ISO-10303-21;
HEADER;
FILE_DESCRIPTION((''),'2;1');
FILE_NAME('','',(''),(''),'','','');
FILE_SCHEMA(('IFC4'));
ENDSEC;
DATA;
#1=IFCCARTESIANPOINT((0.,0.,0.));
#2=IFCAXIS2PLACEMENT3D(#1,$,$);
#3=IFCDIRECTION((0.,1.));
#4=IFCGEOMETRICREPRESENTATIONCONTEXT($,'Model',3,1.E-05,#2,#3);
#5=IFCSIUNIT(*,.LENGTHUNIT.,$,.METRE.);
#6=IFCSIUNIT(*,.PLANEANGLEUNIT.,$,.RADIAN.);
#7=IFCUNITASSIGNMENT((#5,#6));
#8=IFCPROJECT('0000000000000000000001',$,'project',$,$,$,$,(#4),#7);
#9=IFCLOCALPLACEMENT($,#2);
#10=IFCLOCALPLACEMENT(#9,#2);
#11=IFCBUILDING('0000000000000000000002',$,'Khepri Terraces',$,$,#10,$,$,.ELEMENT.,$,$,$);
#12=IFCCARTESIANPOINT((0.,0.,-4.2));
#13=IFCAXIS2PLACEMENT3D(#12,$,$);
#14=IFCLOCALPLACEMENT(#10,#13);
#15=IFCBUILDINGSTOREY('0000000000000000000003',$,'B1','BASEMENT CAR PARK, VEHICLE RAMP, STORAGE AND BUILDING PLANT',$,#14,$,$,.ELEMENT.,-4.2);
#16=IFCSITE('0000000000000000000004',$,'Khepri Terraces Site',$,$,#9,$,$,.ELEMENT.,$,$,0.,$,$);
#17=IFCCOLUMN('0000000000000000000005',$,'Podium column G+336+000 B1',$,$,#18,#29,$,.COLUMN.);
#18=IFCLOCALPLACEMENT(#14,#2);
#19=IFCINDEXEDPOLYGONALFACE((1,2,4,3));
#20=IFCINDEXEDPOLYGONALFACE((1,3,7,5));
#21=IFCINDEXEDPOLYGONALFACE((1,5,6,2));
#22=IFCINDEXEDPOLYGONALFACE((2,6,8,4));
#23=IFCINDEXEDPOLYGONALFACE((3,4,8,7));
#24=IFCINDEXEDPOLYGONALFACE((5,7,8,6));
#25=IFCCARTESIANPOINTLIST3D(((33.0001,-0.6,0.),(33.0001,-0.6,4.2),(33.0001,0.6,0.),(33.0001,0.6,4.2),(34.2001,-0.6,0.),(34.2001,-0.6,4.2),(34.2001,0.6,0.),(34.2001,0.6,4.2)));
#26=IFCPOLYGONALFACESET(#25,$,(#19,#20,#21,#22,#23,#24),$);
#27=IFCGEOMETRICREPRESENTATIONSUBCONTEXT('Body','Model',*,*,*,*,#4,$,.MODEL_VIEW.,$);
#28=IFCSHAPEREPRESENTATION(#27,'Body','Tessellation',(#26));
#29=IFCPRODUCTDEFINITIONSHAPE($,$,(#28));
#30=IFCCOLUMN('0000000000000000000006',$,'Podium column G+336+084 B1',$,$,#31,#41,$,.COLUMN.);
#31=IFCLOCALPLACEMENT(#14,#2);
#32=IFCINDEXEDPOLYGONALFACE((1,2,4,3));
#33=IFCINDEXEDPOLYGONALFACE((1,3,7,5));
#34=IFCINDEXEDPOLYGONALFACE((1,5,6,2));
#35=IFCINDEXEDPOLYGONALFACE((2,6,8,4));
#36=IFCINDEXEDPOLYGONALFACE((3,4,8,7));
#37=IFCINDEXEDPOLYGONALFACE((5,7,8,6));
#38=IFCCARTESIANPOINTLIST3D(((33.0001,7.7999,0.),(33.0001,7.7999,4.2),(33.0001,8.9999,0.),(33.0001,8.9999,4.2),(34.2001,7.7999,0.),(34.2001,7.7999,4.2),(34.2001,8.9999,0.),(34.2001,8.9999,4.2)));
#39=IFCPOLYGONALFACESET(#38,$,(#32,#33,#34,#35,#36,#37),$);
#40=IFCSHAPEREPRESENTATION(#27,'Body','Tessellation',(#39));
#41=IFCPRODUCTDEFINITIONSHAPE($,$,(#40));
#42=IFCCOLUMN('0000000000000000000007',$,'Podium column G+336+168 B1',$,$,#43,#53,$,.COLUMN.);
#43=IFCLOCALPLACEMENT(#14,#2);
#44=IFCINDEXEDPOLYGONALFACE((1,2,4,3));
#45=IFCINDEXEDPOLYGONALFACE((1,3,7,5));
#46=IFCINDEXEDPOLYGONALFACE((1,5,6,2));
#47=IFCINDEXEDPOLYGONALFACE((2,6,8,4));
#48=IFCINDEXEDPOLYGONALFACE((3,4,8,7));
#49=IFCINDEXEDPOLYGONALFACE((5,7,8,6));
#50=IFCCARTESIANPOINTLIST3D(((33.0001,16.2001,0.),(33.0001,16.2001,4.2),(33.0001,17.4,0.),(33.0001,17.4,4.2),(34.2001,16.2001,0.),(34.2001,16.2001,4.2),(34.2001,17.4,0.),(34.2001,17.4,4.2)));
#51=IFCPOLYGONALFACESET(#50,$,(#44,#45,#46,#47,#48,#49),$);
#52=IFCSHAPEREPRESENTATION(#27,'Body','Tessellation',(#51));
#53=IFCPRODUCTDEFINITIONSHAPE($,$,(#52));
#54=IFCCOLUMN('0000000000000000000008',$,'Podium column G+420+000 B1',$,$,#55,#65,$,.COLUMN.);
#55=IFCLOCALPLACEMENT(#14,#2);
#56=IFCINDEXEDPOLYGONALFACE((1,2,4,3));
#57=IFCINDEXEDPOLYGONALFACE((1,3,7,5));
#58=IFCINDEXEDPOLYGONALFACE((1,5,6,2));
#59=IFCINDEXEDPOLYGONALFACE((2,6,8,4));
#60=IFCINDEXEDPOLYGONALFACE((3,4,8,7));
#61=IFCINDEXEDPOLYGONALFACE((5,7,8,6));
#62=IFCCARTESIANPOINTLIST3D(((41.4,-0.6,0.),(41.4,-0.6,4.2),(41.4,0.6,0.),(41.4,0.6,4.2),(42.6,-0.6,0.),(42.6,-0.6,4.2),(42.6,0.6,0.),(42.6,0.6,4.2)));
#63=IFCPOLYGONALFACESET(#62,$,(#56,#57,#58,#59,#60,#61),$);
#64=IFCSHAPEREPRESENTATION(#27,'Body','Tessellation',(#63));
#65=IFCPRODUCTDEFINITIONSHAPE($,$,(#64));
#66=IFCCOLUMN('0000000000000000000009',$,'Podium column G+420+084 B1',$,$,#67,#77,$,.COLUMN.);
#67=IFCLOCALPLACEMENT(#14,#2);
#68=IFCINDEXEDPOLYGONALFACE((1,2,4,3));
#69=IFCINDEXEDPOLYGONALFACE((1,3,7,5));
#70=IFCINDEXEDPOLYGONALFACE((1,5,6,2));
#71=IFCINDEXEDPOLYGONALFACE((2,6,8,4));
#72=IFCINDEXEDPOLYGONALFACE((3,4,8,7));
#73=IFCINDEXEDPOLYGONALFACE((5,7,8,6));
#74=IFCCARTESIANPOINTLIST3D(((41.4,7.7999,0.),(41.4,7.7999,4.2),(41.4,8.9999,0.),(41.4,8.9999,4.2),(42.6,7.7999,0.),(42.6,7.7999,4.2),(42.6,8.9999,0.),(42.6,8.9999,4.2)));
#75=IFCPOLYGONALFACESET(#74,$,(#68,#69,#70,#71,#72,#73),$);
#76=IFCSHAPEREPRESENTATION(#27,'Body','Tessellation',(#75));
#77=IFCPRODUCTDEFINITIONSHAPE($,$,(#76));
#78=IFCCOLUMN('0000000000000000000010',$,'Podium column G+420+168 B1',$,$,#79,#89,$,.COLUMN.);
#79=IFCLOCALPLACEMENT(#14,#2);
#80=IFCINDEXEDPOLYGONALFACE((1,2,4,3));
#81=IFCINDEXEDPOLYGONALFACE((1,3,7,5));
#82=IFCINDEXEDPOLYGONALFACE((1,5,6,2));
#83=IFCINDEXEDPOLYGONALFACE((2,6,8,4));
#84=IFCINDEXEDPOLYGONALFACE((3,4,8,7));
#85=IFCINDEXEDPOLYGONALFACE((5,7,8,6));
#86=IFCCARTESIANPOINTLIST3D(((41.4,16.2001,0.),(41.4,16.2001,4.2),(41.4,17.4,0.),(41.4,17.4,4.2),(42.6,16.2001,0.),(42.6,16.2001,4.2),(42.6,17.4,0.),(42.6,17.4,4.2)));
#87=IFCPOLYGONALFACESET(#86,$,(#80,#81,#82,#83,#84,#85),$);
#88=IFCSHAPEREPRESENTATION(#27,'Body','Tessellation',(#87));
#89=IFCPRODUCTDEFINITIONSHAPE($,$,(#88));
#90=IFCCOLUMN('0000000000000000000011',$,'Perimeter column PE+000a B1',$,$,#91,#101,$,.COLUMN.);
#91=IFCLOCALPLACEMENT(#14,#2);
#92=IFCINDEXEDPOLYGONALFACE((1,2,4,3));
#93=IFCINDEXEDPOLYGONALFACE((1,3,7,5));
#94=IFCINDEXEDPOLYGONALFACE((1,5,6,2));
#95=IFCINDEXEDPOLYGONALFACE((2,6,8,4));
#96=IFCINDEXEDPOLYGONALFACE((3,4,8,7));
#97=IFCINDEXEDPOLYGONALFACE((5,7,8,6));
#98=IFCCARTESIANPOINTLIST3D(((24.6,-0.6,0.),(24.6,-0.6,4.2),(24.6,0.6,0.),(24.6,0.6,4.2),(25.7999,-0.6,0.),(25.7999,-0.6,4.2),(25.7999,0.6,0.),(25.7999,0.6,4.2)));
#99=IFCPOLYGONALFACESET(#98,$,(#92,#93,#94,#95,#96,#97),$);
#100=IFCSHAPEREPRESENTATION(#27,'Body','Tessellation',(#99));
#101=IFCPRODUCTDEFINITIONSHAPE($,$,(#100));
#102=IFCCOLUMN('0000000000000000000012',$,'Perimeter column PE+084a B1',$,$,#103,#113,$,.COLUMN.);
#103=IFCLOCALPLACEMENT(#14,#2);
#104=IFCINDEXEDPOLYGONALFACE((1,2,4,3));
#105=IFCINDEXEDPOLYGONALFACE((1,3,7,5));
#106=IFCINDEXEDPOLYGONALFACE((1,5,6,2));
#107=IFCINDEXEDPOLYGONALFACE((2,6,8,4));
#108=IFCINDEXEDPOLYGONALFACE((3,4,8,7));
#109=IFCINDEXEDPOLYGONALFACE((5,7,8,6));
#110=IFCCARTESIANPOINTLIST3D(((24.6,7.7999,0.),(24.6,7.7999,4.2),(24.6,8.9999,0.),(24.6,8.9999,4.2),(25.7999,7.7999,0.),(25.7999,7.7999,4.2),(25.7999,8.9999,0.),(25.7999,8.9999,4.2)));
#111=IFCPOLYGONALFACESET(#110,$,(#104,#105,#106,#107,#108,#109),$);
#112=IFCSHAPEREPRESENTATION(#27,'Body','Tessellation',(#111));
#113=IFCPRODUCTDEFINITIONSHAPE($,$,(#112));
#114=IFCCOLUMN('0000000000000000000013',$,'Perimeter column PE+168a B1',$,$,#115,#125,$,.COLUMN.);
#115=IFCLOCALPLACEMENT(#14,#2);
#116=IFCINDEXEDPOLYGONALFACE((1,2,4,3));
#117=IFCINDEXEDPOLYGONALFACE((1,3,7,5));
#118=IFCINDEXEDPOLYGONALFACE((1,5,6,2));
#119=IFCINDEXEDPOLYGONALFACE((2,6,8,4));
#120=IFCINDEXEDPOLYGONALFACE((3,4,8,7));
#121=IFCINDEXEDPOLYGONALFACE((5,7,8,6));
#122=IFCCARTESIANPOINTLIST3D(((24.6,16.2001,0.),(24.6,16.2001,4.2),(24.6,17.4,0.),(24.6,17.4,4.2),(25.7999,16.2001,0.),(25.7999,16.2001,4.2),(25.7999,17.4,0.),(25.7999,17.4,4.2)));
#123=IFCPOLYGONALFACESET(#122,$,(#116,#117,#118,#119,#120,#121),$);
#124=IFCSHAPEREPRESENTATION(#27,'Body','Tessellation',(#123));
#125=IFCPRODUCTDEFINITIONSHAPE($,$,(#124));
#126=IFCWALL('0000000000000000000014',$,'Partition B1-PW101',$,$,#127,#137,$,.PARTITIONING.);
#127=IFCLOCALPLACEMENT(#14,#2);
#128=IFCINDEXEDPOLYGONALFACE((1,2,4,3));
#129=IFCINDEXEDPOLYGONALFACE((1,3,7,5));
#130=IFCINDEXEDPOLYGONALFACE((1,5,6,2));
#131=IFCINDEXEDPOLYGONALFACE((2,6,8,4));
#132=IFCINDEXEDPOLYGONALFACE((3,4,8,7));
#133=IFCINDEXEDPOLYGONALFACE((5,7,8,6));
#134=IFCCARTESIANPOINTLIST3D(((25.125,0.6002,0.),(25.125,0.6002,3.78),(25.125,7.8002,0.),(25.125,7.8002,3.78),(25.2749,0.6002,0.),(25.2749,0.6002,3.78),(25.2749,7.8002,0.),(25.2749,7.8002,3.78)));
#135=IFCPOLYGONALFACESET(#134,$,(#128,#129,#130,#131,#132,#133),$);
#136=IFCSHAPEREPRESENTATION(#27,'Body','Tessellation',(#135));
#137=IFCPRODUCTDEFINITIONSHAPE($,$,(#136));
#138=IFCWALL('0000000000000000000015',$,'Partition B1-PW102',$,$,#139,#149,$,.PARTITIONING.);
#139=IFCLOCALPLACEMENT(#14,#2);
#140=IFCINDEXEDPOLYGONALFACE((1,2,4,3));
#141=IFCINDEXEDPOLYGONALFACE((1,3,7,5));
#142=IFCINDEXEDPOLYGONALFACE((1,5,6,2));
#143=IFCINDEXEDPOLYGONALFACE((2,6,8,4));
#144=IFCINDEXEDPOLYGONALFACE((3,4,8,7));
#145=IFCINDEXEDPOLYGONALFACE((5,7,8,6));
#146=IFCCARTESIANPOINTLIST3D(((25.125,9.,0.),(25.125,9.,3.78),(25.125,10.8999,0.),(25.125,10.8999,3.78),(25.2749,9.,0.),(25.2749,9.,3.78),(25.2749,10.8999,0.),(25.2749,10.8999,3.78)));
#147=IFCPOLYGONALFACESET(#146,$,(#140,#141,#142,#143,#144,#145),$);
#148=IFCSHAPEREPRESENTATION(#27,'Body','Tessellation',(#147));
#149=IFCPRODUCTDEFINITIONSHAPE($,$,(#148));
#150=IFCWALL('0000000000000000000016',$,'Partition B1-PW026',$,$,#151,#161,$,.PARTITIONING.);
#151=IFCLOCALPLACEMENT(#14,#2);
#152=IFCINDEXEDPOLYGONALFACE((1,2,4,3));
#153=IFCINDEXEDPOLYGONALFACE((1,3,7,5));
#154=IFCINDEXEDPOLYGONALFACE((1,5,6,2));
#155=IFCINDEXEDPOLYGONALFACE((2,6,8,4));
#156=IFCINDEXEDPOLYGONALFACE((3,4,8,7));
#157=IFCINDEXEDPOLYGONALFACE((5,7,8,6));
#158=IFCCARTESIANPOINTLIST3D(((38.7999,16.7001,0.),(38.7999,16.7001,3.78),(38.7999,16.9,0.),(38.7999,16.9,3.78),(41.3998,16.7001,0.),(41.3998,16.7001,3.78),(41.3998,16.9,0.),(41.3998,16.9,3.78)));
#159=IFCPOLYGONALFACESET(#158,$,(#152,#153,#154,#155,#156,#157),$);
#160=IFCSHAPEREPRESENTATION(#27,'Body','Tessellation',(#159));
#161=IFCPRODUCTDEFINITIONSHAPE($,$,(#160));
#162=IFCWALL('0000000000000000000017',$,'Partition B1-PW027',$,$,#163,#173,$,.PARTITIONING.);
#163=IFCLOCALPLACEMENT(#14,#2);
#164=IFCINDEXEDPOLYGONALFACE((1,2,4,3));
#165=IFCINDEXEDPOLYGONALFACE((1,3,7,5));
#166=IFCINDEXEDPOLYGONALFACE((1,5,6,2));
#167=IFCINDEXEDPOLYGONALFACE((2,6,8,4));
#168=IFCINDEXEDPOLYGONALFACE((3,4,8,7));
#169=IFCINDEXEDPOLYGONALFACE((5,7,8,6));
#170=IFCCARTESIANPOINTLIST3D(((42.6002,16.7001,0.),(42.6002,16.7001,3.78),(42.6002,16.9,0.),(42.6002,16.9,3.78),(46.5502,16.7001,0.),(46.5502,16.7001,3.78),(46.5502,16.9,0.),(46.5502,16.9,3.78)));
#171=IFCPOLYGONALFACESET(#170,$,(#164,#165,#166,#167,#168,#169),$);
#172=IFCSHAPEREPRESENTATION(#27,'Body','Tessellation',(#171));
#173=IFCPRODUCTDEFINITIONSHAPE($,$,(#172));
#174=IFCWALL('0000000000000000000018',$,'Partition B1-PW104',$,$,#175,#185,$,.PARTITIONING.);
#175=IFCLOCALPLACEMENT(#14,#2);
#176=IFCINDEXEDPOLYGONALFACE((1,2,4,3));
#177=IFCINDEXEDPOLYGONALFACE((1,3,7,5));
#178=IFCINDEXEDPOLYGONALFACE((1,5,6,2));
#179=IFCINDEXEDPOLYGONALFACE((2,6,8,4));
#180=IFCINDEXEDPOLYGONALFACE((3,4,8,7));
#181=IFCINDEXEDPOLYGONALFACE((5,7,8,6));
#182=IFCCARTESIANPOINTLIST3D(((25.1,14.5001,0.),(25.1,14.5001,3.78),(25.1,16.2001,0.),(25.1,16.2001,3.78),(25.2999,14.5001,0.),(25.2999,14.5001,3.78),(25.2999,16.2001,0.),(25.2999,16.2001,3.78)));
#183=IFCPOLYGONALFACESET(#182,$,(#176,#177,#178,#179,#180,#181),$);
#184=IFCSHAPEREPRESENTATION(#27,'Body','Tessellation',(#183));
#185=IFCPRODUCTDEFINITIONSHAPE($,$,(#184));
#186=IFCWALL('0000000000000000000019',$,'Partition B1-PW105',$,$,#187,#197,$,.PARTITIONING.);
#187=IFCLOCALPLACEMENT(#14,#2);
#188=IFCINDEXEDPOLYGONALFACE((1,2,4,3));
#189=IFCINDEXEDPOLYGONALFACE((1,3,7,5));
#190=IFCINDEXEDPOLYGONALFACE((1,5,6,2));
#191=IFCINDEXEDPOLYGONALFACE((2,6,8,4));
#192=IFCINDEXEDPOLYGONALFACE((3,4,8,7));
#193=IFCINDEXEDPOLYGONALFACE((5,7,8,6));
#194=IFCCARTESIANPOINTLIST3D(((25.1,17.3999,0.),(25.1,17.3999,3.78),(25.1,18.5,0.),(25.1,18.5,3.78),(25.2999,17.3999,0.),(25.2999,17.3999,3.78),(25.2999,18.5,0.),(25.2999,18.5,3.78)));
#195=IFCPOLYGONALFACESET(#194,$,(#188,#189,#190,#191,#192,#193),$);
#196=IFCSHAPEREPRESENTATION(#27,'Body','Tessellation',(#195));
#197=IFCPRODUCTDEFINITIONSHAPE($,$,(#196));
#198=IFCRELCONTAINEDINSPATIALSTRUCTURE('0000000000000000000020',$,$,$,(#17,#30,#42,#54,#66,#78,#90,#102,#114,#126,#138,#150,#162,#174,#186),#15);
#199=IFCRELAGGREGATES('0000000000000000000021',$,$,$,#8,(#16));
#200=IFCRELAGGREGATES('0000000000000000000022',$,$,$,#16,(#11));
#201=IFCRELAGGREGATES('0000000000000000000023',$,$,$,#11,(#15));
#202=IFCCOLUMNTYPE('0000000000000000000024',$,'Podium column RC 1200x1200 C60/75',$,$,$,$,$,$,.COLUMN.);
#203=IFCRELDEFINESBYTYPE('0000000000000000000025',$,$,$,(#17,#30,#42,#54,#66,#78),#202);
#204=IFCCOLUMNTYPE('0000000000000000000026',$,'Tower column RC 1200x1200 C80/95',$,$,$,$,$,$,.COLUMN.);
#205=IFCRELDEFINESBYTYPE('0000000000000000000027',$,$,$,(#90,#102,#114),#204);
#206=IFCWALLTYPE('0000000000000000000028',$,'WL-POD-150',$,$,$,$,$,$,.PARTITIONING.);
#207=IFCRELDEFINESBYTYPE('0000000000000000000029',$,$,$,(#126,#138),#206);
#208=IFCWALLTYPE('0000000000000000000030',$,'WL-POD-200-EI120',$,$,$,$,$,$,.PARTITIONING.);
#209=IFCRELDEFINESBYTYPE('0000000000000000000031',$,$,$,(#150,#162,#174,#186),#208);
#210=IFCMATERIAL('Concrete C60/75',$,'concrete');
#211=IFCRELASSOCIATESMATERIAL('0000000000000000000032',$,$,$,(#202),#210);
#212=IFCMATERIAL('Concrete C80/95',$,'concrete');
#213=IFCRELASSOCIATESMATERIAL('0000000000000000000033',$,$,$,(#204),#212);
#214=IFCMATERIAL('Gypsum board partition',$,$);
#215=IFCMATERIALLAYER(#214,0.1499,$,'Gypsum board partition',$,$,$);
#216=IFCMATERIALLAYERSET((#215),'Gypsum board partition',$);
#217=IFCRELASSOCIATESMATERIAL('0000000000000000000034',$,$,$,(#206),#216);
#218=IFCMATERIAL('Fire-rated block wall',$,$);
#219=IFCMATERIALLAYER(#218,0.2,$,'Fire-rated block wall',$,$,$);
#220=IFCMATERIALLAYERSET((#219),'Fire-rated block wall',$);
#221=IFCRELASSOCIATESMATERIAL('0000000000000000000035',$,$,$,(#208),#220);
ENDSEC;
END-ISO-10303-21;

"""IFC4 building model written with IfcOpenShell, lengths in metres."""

from ifc_helpers import new_model, si_unit, direction, frame, frame_2d, origin, origin_2d, place, context, subcontext, project, spatial, rectangle, extrude, material, layer, layer_set, material_profile, profile_set, type_object, element, save


model = new_model("IFC4")

# Units and contexts
model_context = context("Model", 3, precision=1e-05, world=origin(), true_north=direction((0.0, 1.0)))
body_context = subcontext(model_context, "Body", "Model", "MODEL_VIEW")
ifc_project = project(units=[si_unit("LENGTHUNIT", "METRE"), si_unit("PLANEANGLEUNIT", "RADIAN")], contexts=[model_context])

# Site, building, storey
site_placement = place(None, origin())
site = spatial("IfcSite", under=ifc_project, at=site_placement, Name="Khepri Terraces Site", CompositionType="ELEMENT", RefElevation=0.0)
building_placement = place(site_placement, origin())
building = spatial("IfcBuilding", under=site, at=building_placement, Name="Khepri Terraces", CompositionType="ELEMENT")
storey_placement = place(building_placement, frame((0.0, 0.0, -4.2)))
storey = spatial("IfcBuildingStorey", under=building, at=storey_placement, Name="B1", Description="BASEMENT CAR PARK, VEHICLE RAMP, STORAGE AND BUILDING PLANT", CompositionType="ELEMENT", Elevation=-4.2)

# Columns
ifc_material_1 = material(Name="Concrete C60/75", Category="concrete")
ifc_material_profile_1 = material_profile(ifc_material_1, rectangle(XDim=1.2, YDim=1.2, at=origin_2d()), Name="Concrete C60/75", Category="concrete")
ifc_profile_set_1 = profile_set([ifc_material_profile_1], Name="Concrete C60/75")
column_type_1 = type_object("IfcColumnType", Name="Podium column RC 1200x1200 C60/75", PredefinedType="COLUMN", material=ifc_profile_set_1)
for number, where, z_axis, x_axis, name in (
    (1, (33.6001, 0.0, 0.0), (0.0, 0.0, 1.0), (1.0, 0.0, 0.0), "Podium column G+336+000 B1"),
    (2, (33.6001, 8.3999, 0.0), (0.0, 0.0, 1.0), (1.0, 0.0, 0.0), "Podium column G+336+084 B1"),
    (3, (33.6001, 16.8, 0.0), (0.0, 0.0, 1.0), (1.0, 0.0, 0.0), "Podium column G+336+168 B1"),
    (4, (42.0, 0.0, 0.0), (0.0, 0.0, 1.0), (1.0, 0.0, 0.0), "Podium column G+420+000 B1"),
    (5, (42.0, 8.3999, 0.0), (0.0, 0.0, 1.0), (1.0, 0.0, 0.0), "Podium column G+420+084 B1"),
    (6, (42.0, 16.8, 0.0), (0.0, 0.0, 1.0), (1.0, 0.0, 0.0), "Podium column G+420+168 B1"),
):
    element("IfcColumn", number, at=place(storey_placement, frame(where, z_axis=z_axis, x_axis=x_axis)), inside=storey, type_object=column_type_1, Name=name, PredefinedType="COLUMN", context=body_context, shape_type="SweptSolid", body=[
        extrude(rectangle(XDim=1.2, YDim=1.2, at=origin_2d()), origin(), (0.0, 0.0, 1.0), 4.2),
    ])
ifc_material_2 = material(Name="Concrete C80/95", Category="concrete")
ifc_material_profile_2 = material_profile(ifc_material_2, rectangle(XDim=1.2, YDim=1.2, at=origin_2d()), Name="Concrete C80/95", Category="concrete")
ifc_profile_set_2 = profile_set([ifc_material_profile_2], Name="Concrete C80/95")
column_type_2 = type_object("IfcColumnType", Name="Tower column RC 1200x1200 C80/95", PredefinedType="COLUMN", material=ifc_profile_set_2)
for number, where, z_axis, x_axis, name in (
    (7, (25.2, 0.0, 0.0), (0.0, 0.0, 1.0), (1.0, 0.0, 0.0), "Perimeter column PE+000a B1"),
    (8, (25.2, 8.3999, 0.0), (0.0, 0.0, 1.0), (1.0, 0.0, 0.0), "Perimeter column PE+084a B1"),
    (9, (25.2, 16.8, 0.0), (0.0, 0.0, 1.0), (1.0, 0.0, 0.0), "Perimeter column PE+168a B1"),
):
    element("IfcColumn", number, at=place(storey_placement, frame(where, z_axis=z_axis, x_axis=x_axis)), inside=storey, type_object=column_type_2, Name=name, PredefinedType="COLUMN", context=body_context, shape_type="SweptSolid", body=[
        extrude(rectangle(XDim=1.2, YDim=1.2, at=origin_2d()), origin(), (0.0, 0.0, 1.0), 4.2),
    ])

# Walls
ifc_material_3 = material(Name="Gypsum board partition")
ifc_layer_1 = layer(ifc_material_3, 0.1499, Name="Gypsum board partition")
ifc_layer_set_1 = layer_set([ifc_layer_1], Name="Gypsum board partition")
wall_type_1 = type_object("IfcWallType", Name="WL-POD-150", PredefinedType="PARTITIONING", material=ifc_layer_set_1)
wall_1_placement = place(storey_placement, frame((25.2, 0.6001, 0.0), z_axis=(0.0, 0.0, 1.0), x_axis=(0.0, 1.0, 0.0)))
element("IfcWall", 10, at=wall_1_placement, inside=storey, type_object=wall_type_1, Name="Partition B1-PW101", PredefinedType="PARTITIONING", context=body_context, shape_type="SweptSolid", body=[
    extrude(rectangle(XDim=7.2, YDim=0.1499, at=frame_2d((3.6001, 0.0))), origin(), (0.0, 0.0, 1.0), 3.78),
])
wall_2_placement = place(storey_placement, frame((25.2, 9.0, 0.0), z_axis=(0.0, 0.0, 1.0), x_axis=(0.0, 1.0, 0.0)))
element("IfcWall", 11, at=wall_2_placement, inside=storey, type_object=wall_type_1, Name="Partition B1-PW102", PredefinedType="PARTITIONING", context=body_context, shape_type="SweptSolid", body=[
    extrude(rectangle(XDim=1.8999, YDim=0.1499, at=frame_2d((0.95, 0.0))), origin(), (0.0, 0.0, 1.0), 3.78),
])
ifc_material_4 = material(Name="Fire-rated block wall")
ifc_layer_2 = layer(ifc_material_4, 0.2, Name="Fire-rated block wall")
ifc_layer_set_2 = layer_set([ifc_layer_2], Name="Fire-rated block wall")
wall_type_2 = type_object("IfcWallType", Name="WL-POD-200-EI120", PredefinedType="PARTITIONING", material=ifc_layer_set_2)
wall_3_placement = place(storey_placement, frame((38.8, 16.8, 0.0), z_axis=(0.0, 0.0, 1.0), x_axis=(1.0, 0.0, 0.0)))
element("IfcWall", 12, at=wall_3_placement, inside=storey, type_object=wall_type_2, Name="Partition B1-PW026", PredefinedType="PARTITIONING", context=body_context, shape_type="SweptSolid", body=[
    extrude(rectangle(XDim=2.5999, YDim=0.2, at=frame_2d((1.2998, 0.0))), origin(), (0.0, 0.0, 1.0), 3.78),
])
wall_4_placement = place(storey_placement, frame((42.6001, 16.8, 0.0), z_axis=(0.0, 0.0, 1.0), x_axis=(1.0, 0.0, 0.0)))
element("IfcWall", 13, at=wall_4_placement, inside=storey, type_object=wall_type_2, Name="Partition B1-PW027", PredefinedType="PARTITIONING", context=body_context, shape_type="SweptSolid", body=[
    extrude(rectangle(XDim=3.95, YDim=0.2, at=frame_2d((1.9751, 0.0))), origin(), (0.0, 0.0, 1.0), 3.78),
])
wall_5_placement = place(storey_placement, frame((25.2, 14.5, 0.0), z_axis=(0.0, 0.0, 1.0), x_axis=(0.0, 1.0, 0.0)))
element("IfcWall", 14, at=wall_5_placement, inside=storey, type_object=wall_type_2, Name="Partition B1-PW104", PredefinedType="PARTITIONING", context=body_context, shape_type="SweptSolid", body=[
    extrude(rectangle(XDim=1.7, YDim=0.2, at=frame_2d((0.8501, 0.0))), origin(), (0.0, 0.0, 1.0), 3.78),
])
wall_6_placement = place(storey_placement, frame((25.2, 17.3999, 0.0), z_axis=(0.0, 0.0, 1.0), x_axis=(0.0, 1.0, 0.0)))
element("IfcWall", 15, at=wall_6_placement, inside=storey, type_object=wall_type_2, Name="Partition B1-PW105", PredefinedType="PARTITIONING", context=body_context, shape_type="SweptSolid", body=[
    extrude(rectangle(XDim=1.1001, YDim=0.2, at=frame_2d((0.55, 0.0))), origin(), (0.0, 0.0, 1.0), 3.78),
])

save(model, "model.ifc")
